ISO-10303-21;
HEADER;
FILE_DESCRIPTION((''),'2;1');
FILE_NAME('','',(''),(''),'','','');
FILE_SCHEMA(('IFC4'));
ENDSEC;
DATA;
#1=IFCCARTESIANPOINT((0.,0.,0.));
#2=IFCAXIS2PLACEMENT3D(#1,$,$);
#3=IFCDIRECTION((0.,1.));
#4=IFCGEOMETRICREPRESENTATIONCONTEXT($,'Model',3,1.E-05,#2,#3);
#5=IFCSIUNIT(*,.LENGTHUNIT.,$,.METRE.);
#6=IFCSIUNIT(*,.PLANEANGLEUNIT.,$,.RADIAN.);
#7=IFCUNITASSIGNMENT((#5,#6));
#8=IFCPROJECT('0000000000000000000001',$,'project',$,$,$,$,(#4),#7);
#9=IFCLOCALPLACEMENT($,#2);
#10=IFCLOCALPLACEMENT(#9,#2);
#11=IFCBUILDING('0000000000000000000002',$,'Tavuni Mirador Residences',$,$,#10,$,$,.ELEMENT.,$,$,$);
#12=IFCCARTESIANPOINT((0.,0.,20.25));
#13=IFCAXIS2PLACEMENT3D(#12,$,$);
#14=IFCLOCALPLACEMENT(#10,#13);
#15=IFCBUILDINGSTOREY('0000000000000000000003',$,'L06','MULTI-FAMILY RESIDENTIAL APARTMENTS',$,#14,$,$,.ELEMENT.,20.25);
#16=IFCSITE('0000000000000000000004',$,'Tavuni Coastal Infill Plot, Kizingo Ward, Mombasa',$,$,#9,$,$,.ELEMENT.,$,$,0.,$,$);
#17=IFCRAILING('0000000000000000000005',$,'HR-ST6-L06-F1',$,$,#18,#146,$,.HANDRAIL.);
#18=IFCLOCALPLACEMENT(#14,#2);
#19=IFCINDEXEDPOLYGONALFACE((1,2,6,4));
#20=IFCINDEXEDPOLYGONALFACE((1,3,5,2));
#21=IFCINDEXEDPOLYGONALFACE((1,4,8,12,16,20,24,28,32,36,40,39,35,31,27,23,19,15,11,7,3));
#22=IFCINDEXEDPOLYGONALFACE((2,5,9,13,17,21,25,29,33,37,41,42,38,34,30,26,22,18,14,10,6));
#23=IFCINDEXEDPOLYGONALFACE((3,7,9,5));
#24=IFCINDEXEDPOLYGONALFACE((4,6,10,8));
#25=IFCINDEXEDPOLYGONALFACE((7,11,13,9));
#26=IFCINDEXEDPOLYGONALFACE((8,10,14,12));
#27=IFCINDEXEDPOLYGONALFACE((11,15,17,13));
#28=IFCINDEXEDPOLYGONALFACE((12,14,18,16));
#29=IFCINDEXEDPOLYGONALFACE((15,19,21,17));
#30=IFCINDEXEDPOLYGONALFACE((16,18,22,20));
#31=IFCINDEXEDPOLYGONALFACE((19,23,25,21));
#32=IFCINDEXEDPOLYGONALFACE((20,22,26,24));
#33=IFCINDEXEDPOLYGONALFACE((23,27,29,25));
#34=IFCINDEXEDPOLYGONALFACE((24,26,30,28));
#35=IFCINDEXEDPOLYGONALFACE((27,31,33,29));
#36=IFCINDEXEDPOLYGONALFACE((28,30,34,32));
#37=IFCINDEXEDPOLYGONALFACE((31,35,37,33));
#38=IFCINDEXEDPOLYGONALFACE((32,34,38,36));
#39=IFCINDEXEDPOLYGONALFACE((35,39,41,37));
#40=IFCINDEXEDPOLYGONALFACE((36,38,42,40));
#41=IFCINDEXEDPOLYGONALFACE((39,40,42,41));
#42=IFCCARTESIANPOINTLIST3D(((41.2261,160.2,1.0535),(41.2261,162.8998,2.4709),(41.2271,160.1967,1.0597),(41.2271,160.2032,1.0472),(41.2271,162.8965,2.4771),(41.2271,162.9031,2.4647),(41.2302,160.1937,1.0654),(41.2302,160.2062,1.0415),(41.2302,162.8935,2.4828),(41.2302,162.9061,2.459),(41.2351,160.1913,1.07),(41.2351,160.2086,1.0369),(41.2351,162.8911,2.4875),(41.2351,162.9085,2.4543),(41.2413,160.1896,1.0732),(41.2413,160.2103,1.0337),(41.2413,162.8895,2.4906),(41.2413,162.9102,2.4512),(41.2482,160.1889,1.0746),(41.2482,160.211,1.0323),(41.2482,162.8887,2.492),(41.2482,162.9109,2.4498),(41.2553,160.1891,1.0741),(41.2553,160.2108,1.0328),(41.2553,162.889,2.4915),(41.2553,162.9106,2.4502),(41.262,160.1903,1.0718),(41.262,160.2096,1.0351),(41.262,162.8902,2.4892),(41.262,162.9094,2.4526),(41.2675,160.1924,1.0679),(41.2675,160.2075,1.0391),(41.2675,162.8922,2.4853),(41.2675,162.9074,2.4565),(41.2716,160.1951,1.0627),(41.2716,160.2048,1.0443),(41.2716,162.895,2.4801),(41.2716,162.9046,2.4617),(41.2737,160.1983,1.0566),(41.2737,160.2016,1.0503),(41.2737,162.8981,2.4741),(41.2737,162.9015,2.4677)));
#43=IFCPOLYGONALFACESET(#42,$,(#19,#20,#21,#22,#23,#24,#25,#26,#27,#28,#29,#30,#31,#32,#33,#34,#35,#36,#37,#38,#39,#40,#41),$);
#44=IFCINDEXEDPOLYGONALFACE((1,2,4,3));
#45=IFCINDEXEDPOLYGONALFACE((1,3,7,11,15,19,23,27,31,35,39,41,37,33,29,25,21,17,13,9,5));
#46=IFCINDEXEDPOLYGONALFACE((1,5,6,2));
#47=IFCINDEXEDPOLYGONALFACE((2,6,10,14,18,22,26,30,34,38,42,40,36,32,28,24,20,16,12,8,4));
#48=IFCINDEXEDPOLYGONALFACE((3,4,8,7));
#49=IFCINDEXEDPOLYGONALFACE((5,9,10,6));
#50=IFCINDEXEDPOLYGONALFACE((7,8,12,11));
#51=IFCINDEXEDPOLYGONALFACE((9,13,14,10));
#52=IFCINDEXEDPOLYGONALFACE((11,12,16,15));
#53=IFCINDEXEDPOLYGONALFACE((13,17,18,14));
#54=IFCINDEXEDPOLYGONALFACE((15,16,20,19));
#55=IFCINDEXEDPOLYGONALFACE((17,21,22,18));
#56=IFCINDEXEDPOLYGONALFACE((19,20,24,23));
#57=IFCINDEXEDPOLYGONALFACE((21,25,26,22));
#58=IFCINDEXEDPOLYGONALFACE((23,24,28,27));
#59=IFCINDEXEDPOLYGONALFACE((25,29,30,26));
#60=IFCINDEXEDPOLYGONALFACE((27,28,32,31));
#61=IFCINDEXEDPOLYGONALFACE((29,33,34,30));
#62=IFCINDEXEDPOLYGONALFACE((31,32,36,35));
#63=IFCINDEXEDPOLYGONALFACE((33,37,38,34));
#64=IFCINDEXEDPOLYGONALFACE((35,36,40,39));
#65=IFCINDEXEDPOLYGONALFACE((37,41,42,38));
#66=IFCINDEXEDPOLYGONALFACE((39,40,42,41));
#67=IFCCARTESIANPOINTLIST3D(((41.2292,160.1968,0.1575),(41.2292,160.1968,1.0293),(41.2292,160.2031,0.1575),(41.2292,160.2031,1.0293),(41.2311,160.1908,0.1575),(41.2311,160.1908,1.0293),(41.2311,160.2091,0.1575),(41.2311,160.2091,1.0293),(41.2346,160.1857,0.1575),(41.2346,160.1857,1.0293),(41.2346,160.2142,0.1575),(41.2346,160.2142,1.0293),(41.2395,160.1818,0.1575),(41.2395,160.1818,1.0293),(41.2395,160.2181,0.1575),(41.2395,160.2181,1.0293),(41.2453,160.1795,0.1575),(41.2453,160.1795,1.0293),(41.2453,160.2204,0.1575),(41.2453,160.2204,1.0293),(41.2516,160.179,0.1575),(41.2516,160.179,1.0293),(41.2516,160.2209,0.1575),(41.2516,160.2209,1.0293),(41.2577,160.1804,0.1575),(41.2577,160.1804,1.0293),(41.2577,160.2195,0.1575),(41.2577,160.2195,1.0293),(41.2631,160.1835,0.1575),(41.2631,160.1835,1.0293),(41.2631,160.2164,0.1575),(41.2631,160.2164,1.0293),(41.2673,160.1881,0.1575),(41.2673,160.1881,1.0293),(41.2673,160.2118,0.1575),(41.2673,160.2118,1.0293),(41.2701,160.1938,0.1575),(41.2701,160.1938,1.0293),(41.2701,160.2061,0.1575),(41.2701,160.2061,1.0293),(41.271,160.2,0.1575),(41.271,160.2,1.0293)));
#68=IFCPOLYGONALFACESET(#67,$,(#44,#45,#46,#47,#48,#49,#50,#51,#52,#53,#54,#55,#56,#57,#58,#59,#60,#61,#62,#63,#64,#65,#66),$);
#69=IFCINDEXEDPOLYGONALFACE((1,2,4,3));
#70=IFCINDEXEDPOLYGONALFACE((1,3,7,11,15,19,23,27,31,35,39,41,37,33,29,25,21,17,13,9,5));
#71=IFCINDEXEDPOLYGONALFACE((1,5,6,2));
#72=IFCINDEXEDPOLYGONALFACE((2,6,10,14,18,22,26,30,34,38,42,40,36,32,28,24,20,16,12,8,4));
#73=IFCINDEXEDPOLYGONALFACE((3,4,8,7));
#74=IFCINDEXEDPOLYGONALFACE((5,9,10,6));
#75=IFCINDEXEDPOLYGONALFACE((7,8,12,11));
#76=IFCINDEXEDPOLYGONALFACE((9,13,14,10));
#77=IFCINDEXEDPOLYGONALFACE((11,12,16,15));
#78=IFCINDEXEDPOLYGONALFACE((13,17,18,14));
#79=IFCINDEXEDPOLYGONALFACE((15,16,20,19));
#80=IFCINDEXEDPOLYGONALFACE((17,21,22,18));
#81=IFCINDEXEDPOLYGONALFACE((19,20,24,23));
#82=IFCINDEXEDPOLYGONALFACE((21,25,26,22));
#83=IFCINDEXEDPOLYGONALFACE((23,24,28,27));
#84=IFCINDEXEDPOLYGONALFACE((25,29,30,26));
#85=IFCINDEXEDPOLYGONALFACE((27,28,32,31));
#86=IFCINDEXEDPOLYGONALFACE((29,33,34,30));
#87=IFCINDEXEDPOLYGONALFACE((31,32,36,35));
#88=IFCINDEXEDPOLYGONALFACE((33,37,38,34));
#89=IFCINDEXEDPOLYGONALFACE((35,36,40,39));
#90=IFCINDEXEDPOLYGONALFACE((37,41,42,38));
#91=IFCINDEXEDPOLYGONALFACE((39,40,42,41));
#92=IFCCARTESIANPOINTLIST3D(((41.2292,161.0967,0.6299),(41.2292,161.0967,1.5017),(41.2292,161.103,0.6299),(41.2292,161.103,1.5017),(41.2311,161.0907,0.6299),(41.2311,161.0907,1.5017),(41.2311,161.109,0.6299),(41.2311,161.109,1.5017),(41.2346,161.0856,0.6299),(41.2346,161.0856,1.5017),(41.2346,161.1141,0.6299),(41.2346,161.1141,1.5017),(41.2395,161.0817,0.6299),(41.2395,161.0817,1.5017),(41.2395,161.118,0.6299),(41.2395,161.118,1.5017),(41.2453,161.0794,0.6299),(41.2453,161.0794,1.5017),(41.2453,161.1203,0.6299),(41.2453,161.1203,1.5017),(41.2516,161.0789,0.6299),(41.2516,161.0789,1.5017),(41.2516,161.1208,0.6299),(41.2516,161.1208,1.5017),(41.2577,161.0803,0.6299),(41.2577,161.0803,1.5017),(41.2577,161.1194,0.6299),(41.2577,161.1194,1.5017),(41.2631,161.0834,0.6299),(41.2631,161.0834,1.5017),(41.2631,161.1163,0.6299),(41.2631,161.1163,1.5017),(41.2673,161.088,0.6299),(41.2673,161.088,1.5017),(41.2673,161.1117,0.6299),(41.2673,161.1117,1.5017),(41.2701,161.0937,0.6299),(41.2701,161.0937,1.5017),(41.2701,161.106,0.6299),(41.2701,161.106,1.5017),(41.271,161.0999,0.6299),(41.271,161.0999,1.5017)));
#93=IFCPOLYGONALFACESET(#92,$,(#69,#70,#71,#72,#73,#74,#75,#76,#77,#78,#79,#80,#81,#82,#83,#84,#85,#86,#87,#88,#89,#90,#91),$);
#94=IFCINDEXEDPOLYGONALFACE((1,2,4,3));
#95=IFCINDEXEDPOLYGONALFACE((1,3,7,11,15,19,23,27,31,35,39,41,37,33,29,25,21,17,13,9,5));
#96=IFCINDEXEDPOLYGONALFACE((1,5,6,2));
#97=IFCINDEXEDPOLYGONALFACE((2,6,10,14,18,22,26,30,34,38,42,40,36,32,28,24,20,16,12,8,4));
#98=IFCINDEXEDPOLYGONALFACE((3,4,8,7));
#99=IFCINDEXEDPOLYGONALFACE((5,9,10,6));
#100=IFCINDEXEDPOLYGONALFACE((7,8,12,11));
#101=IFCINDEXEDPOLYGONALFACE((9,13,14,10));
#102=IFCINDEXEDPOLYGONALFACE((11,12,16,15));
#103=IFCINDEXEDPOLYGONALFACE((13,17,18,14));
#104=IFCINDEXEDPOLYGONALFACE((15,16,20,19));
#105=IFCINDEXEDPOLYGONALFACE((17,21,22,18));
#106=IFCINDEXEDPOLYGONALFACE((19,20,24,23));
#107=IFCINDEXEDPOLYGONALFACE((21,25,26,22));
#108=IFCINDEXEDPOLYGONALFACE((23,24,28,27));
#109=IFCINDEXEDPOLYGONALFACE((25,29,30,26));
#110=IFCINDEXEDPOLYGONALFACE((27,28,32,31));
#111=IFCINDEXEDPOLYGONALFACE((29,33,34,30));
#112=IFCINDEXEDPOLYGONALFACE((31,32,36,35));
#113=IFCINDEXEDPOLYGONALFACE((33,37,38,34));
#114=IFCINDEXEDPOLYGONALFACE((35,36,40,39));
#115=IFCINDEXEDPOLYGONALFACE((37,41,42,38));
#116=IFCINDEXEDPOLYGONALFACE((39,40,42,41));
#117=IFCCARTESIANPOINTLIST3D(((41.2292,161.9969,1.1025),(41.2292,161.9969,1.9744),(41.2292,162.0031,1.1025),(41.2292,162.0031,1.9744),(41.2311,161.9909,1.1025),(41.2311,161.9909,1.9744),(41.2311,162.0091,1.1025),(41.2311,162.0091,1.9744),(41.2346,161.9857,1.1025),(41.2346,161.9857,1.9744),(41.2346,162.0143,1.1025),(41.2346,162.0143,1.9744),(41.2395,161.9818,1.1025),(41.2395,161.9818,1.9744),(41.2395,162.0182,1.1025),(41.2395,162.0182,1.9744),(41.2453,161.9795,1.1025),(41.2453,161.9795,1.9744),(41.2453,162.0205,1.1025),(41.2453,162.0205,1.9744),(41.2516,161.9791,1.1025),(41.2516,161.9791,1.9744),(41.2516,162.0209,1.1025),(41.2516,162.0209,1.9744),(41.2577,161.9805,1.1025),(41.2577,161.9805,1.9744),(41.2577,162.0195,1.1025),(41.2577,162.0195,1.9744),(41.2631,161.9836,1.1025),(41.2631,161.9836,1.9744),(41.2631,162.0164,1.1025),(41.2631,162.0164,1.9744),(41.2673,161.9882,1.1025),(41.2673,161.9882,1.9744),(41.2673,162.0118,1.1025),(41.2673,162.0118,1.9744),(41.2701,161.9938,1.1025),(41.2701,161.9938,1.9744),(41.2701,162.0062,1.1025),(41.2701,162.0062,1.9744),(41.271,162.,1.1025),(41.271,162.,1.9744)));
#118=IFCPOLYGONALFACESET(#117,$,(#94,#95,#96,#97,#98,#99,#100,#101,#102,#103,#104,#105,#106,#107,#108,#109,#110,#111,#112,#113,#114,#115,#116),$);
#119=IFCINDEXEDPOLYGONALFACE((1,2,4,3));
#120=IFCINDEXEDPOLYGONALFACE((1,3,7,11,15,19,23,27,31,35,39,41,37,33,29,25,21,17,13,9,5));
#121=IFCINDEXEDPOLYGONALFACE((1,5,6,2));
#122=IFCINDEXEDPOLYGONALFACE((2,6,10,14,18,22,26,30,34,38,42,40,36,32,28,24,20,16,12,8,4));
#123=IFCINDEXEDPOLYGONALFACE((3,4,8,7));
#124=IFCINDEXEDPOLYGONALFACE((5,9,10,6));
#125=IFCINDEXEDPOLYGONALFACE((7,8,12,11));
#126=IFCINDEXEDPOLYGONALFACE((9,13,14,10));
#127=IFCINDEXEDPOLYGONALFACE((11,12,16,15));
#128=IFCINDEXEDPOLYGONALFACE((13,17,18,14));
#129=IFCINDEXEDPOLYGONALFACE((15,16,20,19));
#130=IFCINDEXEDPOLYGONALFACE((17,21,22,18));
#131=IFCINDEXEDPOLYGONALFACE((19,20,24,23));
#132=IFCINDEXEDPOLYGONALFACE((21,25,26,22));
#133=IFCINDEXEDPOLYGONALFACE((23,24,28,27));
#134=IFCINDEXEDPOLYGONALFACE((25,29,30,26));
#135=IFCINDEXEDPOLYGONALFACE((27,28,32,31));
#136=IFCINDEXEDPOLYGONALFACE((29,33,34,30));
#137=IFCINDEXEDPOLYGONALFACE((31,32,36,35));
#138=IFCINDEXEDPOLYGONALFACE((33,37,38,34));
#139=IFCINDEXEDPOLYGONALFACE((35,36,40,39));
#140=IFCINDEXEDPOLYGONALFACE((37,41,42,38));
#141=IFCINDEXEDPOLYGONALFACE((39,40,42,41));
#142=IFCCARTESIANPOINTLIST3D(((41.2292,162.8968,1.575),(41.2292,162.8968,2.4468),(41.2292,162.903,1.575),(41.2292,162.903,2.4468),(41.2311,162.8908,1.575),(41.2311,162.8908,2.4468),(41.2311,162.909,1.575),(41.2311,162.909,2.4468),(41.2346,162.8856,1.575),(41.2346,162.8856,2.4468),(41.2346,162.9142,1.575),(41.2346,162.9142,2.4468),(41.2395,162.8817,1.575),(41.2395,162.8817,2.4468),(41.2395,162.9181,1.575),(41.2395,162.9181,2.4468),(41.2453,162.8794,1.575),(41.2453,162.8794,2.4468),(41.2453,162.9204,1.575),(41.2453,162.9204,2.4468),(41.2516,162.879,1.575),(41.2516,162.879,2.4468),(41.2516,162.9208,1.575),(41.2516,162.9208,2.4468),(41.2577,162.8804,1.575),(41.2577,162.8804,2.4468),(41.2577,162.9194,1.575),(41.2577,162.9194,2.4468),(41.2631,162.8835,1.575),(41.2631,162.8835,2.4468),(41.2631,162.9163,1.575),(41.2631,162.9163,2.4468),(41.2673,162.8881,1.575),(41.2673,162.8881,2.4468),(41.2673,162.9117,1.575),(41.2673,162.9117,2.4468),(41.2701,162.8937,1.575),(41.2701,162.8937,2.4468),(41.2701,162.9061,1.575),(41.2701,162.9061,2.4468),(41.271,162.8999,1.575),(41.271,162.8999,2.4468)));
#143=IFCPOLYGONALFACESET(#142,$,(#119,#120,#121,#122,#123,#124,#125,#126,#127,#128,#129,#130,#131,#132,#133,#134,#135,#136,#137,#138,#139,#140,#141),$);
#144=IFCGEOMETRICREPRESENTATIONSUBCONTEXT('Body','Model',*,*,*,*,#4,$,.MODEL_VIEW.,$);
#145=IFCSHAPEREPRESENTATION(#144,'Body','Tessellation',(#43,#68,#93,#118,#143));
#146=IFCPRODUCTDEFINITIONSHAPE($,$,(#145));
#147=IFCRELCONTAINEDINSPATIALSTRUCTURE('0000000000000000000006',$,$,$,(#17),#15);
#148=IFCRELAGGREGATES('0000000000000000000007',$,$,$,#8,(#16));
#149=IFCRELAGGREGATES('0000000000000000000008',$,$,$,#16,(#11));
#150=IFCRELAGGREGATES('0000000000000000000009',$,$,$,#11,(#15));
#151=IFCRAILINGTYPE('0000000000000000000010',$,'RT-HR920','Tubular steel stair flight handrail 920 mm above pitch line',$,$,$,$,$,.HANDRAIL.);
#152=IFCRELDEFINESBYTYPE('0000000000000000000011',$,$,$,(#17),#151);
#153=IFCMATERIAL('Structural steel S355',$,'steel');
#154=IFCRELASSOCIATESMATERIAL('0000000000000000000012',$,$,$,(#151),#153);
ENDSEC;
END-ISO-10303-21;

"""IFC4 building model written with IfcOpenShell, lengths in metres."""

from ifc_helpers import new_model, si_unit, direction, frame, origin, origin_2d, place, context, subcontext, project, spatial, circle, extrude, material, type_object, element, save


model = new_model("IFC4")

# Units and contexts
model_context = context("Model", 3, precision=1e-05, world=origin(), true_north=direction((0.0, 1.0)))
body_context = subcontext(model_context, "Body", "Model", "MODEL_VIEW")
ifc_project = project(units=[si_unit("LENGTHUNIT", "METRE"), si_unit("PLANEANGLEUNIT", "RADIAN")], contexts=[model_context])

# Site, building, storey
site_placement = place(None, origin())
site = spatial("IfcSite", under=ifc_project, at=site_placement, Name="Tavuni Coastal Infill Plot, Kizingo Ward, Mombasa", CompositionType="ELEMENT", RefElevation=0.0)
building_placement = place(site_placement, origin())
building = spatial("IfcBuilding", under=site, at=building_placement, Name="Tavuni Mirador Residences", CompositionType="ELEMENT")
storey_placement = place(building_placement, frame((0.0, 0.0, 20.25)))
storey = spatial("IfcBuildingStorey", under=building, at=storey_placement, Name="L06", Description="MULTI-FAMILY RESIDENTIAL APARTMENTS", CompositionType="ELEMENT", Elevation=20.25)

# Shared definitions
ifc_material_1 = material(Name="Structural steel S355", Category="steel")

# Railing
railing_type_1 = type_object("IfcRailingType", Name="RT-HR920", Description="Tubular steel stair flight handrail 920 mm above pitch line", PredefinedType="HANDRAIL", material=ifc_material_1)
railing_1_placement = place(storey_placement, frame((41.25, 160.2, 0.1575)))
element("IfcRailing", 1, at=railing_1_placement, inside=storey, type_object=railing_type_1, Name="HR-ST6-L06-F1", PredefinedType="HANDRAIL", context=body_context, shape_type="SweptSolid", body=[
    extrude(circle(Radius=0.0239, at=origin_2d()), frame((0.0, 0.0, 0.896), z_axis=(0.0, 0.885397, 0.464835), x_axis=(-1.0, 0.0, 0.0)), (0.0, 0.0, 1.0), 3.0493),
    extrude(circle(Radius=0.021, at=origin_2d()), origin(), (0.0, 0.0, 1.0), 0.8718),
    extrude(circle(Radius=0.021, at=origin_2d()), frame((0.0, 0.8999, 0.4724)), (0.0, 0.0, 1.0), 0.8718),
    extrude(circle(Radius=0.021, at=origin_2d()), frame((0.0, 1.8, 0.9451)), (0.0, 0.0, 1.0), 0.8718),
    extrude(circle(Radius=0.021, at=origin_2d()), frame((0.0, 2.7, 1.4175)), (0.0, 0.0, 1.0), 0.8718),
])

save(model, "model.ifc")
